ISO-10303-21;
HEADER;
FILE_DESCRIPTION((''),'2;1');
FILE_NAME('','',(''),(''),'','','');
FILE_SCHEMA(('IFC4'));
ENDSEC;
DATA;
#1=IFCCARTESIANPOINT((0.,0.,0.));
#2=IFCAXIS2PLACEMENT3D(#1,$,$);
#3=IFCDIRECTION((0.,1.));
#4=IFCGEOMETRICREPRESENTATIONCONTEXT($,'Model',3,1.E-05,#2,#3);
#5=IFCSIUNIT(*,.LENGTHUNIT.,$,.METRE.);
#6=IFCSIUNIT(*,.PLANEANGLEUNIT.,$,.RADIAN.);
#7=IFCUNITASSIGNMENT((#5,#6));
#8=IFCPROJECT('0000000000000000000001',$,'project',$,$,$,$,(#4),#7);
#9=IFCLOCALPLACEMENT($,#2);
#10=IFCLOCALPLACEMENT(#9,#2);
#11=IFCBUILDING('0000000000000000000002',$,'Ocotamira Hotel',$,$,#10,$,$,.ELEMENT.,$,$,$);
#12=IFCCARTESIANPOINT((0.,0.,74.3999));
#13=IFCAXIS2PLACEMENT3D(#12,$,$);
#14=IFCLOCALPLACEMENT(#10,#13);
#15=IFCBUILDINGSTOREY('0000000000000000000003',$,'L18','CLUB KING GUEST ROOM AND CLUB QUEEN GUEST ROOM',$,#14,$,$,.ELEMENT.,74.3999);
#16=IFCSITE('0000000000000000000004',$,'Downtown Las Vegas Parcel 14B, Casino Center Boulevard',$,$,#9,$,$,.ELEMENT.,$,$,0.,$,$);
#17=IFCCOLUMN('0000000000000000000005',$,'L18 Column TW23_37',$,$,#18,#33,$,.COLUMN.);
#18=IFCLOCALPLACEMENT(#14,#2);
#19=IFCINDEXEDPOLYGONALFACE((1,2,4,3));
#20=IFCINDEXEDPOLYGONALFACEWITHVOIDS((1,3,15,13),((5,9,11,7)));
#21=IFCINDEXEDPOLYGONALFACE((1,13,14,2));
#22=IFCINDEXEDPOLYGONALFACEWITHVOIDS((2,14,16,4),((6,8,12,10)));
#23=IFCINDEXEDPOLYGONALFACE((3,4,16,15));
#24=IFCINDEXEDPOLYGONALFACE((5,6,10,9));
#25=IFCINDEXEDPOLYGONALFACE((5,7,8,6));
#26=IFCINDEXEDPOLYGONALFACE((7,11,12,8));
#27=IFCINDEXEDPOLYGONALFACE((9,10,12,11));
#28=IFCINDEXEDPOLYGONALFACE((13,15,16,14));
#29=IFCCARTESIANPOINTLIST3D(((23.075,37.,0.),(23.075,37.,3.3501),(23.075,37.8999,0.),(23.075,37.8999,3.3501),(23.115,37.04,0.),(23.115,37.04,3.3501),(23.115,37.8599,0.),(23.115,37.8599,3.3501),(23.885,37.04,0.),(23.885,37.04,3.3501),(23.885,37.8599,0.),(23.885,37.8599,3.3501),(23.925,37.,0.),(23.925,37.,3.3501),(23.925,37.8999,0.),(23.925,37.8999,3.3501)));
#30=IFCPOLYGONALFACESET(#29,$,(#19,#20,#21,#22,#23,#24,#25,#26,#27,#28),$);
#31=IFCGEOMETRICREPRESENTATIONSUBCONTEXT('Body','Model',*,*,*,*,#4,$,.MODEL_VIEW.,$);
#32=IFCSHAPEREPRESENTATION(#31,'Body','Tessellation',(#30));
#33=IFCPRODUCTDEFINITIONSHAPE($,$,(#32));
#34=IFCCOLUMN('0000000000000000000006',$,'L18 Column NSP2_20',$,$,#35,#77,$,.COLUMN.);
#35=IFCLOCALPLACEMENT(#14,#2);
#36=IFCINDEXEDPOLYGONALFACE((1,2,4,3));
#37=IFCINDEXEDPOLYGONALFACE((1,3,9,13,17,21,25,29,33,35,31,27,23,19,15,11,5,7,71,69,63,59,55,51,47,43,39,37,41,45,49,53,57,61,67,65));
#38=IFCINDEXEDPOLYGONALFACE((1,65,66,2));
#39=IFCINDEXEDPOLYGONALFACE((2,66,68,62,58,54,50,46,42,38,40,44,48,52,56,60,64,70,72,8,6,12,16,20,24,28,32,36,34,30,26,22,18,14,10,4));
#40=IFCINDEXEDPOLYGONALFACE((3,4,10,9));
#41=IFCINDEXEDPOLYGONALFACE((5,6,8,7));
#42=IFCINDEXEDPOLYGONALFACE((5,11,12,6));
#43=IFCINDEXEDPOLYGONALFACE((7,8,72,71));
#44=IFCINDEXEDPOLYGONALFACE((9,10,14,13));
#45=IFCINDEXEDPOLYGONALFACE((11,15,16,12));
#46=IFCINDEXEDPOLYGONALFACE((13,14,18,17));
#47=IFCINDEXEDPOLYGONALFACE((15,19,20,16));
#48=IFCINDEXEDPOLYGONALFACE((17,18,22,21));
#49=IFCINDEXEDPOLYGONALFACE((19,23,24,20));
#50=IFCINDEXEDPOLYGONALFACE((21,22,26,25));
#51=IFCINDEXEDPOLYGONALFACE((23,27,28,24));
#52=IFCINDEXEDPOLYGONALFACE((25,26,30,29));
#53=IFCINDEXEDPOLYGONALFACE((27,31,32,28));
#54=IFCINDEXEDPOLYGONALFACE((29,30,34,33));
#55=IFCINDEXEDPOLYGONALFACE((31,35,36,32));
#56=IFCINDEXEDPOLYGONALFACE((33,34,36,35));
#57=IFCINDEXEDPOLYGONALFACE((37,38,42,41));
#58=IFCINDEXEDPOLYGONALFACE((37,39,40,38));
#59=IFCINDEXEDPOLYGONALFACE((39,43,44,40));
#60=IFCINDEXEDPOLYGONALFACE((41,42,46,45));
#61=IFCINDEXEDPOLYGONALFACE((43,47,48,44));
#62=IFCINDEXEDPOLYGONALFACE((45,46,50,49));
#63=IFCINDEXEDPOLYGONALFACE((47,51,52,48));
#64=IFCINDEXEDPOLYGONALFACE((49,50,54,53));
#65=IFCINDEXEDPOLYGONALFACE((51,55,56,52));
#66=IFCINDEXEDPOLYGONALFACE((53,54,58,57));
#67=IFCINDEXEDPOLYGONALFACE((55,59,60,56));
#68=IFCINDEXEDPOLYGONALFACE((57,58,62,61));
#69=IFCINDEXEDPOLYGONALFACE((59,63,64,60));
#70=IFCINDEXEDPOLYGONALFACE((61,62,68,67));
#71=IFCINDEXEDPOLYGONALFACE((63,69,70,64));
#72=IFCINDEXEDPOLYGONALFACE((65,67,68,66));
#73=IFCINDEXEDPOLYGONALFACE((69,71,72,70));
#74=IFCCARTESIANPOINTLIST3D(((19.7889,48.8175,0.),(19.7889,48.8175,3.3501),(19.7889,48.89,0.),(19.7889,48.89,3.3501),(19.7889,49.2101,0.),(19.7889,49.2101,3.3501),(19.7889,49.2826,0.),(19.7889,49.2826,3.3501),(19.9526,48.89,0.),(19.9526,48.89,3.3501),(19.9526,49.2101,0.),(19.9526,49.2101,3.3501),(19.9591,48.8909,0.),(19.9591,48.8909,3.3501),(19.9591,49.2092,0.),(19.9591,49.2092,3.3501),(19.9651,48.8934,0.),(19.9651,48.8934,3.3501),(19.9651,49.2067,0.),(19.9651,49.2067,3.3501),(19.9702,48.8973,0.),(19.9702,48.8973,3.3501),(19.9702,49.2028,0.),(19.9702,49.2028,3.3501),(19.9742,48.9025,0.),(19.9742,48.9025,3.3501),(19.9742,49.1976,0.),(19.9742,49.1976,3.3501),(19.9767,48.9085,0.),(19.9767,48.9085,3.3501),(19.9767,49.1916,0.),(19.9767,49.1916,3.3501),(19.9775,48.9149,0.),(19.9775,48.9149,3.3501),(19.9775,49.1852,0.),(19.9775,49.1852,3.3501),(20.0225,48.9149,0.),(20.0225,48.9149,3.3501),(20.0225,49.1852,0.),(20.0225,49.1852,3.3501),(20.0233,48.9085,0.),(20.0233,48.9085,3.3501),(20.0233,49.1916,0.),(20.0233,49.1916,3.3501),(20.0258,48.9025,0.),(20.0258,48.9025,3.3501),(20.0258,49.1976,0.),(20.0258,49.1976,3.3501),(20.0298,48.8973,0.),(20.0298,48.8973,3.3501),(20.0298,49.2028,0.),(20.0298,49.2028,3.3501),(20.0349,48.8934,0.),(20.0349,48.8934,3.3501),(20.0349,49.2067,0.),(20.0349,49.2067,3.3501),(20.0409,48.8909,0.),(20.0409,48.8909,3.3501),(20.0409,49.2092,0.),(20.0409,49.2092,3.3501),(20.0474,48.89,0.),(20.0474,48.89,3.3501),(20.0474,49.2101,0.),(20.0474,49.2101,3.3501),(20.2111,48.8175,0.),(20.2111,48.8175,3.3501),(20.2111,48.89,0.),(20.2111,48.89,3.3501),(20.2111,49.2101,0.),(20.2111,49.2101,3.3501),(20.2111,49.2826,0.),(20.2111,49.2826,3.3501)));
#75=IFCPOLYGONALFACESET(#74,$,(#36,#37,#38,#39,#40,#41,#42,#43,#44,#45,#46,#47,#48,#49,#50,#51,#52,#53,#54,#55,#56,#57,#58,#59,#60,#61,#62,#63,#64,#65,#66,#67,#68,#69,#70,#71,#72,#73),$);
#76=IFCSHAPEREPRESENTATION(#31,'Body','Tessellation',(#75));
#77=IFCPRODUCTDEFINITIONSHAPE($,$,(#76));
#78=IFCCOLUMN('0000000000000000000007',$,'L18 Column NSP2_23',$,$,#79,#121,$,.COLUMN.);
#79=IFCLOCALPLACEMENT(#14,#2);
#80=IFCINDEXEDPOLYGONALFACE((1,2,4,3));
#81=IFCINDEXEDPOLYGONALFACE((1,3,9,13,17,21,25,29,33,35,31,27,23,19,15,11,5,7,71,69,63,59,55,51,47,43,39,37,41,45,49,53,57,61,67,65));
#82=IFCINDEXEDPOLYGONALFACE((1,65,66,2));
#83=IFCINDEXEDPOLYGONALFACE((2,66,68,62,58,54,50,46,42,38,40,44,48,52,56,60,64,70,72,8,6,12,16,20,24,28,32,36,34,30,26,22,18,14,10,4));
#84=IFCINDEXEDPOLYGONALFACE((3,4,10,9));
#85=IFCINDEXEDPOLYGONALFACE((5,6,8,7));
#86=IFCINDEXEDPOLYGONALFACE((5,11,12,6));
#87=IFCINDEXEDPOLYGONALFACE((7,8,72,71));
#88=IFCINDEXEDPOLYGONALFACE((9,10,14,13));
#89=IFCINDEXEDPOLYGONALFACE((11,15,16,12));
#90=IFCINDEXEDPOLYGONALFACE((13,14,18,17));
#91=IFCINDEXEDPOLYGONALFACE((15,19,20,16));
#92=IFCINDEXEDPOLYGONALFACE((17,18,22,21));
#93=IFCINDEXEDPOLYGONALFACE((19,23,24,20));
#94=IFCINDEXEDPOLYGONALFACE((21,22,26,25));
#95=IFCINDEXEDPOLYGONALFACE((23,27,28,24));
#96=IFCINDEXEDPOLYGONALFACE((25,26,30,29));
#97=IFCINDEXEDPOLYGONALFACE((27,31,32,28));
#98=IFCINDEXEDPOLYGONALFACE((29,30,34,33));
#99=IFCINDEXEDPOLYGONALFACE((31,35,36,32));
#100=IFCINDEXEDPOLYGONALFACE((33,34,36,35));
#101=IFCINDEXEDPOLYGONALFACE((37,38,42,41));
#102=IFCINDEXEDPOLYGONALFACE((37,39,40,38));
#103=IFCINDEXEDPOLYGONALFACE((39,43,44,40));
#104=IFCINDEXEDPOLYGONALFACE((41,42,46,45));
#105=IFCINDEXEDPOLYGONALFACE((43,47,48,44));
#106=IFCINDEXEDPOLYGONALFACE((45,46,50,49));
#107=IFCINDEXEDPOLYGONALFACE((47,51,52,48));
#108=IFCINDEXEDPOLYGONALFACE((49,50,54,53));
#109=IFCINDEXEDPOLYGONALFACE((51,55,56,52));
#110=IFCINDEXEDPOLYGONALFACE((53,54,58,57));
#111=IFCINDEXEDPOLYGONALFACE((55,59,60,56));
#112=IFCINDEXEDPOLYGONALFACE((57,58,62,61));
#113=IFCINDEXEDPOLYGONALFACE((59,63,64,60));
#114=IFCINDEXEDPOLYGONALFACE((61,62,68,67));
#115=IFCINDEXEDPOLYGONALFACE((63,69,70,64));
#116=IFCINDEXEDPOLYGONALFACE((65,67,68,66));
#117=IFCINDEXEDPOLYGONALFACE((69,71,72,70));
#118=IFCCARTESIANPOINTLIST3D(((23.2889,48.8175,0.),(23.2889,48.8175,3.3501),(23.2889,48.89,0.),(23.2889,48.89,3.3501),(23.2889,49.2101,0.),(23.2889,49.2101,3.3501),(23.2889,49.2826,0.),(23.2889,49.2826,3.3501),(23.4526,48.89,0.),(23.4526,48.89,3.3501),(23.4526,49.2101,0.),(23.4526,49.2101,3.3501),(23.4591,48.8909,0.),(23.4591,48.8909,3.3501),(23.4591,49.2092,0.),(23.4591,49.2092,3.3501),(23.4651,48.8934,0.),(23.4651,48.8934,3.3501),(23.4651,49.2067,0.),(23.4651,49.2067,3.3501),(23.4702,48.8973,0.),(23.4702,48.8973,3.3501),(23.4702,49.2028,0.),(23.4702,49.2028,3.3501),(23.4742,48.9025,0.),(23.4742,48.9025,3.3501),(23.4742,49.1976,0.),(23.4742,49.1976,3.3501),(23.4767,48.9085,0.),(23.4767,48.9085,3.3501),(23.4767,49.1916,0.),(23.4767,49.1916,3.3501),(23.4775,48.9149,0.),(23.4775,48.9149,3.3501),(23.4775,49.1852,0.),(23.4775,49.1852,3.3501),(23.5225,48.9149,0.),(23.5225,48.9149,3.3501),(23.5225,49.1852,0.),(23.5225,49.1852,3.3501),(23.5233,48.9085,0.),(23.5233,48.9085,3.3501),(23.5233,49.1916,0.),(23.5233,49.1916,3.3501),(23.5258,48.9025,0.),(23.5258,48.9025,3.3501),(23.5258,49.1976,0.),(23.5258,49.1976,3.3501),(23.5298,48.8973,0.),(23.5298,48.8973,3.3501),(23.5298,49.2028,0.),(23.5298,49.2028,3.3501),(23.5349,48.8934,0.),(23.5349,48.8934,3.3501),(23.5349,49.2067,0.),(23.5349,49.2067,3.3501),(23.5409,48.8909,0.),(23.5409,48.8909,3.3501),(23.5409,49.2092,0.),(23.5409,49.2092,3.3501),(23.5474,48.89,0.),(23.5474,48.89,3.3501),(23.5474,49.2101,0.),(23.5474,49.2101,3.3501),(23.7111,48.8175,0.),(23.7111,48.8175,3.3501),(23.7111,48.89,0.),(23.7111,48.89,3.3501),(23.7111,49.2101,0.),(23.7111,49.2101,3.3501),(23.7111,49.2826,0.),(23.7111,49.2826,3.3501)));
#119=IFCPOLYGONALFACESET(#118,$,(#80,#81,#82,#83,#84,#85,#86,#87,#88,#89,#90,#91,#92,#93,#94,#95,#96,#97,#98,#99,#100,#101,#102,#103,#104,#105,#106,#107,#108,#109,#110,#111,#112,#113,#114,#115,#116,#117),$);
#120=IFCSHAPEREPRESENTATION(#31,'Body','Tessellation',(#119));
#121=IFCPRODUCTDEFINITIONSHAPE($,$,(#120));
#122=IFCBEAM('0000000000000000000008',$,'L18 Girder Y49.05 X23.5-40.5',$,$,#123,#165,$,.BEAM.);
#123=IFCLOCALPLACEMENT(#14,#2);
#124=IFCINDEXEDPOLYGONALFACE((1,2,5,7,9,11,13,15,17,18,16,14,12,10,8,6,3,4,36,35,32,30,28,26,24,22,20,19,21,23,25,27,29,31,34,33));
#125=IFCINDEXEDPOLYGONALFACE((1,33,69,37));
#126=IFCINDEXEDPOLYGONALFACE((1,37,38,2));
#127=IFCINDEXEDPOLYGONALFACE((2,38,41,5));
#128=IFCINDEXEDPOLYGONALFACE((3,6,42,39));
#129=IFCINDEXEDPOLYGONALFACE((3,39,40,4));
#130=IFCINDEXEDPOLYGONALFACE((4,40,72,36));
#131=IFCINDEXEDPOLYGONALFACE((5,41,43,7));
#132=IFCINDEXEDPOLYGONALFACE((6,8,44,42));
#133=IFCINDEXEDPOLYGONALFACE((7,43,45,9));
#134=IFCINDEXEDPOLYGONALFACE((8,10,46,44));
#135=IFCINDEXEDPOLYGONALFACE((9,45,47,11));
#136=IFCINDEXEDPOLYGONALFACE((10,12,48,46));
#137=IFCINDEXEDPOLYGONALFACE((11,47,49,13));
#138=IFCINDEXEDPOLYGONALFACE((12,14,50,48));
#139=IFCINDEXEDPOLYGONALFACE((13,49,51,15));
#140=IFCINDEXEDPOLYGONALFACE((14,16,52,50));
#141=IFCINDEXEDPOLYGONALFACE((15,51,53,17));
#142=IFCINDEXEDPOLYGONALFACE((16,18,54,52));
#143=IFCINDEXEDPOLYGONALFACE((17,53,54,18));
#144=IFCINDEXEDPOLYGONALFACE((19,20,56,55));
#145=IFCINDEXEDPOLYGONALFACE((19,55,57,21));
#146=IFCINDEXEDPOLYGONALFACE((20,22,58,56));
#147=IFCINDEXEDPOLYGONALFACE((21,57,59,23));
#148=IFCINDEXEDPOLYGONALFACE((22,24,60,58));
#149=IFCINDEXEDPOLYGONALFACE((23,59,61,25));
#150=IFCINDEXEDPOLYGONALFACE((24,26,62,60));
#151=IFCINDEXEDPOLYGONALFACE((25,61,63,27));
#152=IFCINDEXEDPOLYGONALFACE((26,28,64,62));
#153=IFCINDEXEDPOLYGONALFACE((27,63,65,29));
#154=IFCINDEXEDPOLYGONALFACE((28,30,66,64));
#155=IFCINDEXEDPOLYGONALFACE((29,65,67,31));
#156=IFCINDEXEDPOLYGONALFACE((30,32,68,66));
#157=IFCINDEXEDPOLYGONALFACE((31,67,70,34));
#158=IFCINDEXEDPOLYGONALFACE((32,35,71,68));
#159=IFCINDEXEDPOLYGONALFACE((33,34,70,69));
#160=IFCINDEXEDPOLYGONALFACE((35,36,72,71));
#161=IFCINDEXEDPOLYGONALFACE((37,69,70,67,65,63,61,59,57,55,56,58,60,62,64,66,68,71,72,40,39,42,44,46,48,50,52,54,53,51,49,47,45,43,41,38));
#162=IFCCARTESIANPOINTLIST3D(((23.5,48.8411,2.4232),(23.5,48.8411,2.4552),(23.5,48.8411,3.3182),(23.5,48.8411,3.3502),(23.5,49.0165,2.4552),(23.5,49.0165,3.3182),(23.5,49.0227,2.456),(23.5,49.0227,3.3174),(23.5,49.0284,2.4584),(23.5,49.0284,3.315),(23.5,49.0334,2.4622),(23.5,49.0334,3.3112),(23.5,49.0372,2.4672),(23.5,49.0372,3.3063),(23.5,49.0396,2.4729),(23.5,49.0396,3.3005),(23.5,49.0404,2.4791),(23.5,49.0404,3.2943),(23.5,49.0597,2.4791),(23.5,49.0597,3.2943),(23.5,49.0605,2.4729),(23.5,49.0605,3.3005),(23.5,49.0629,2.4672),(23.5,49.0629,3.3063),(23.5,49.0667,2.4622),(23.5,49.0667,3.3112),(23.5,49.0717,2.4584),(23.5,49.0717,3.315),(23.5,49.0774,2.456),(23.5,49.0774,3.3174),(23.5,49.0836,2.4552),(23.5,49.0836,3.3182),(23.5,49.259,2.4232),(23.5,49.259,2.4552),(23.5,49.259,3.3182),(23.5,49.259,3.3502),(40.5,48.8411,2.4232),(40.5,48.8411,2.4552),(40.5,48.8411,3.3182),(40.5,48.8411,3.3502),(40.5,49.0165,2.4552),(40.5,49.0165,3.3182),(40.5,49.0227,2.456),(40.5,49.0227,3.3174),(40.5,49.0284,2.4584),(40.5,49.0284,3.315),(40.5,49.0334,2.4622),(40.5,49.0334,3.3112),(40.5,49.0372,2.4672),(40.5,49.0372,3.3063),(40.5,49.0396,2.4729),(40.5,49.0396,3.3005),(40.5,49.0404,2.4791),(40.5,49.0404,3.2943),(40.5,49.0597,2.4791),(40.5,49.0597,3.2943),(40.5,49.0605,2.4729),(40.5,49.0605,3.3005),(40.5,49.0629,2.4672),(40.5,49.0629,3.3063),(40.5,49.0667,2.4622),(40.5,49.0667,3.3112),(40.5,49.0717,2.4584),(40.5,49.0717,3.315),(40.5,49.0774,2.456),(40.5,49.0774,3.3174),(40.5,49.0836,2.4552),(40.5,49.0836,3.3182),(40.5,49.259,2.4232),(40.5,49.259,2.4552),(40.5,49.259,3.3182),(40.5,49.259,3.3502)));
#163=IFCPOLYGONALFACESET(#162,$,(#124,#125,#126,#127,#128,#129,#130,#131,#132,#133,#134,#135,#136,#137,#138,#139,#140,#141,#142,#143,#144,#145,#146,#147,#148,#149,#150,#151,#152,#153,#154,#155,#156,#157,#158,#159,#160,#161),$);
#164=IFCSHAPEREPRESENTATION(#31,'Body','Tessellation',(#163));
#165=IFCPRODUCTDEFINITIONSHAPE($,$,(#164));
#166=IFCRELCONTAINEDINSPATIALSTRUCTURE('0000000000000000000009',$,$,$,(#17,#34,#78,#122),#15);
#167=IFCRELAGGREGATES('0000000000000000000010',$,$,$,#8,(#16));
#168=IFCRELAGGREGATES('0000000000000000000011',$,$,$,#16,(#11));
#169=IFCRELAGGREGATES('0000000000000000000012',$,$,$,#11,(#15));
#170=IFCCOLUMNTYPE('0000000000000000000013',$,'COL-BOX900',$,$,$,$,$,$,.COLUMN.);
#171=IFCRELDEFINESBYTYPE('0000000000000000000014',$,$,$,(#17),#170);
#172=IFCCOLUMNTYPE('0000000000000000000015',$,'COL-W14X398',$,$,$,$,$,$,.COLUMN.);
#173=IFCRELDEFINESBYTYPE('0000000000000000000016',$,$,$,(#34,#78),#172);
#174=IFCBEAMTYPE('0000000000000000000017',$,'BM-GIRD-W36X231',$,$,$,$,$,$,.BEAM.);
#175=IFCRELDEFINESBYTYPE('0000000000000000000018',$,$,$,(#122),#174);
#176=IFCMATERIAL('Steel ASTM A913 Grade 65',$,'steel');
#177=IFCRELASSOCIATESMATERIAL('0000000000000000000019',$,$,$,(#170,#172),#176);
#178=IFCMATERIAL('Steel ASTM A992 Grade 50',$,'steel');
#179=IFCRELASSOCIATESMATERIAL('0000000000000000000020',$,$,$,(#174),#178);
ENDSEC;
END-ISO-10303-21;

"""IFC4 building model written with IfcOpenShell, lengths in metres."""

from ifc_helpers import new_model, si_unit, direction, frame, origin, origin_2d, place, context, subcontext, project, spatial, hollow_rectangle, i_section, extrude, source, transform, mapped, material, material_profile, profile_set, type_object, element, save


model = new_model("IFC4")

# Units and contexts
model_context = context("Model", 3, precision=1e-05, world=origin(), true_north=direction((0.0, 1.0)))
body_context = subcontext(model_context, "Body", "Model", "MODEL_VIEW")
ifc_project = project(units=[si_unit("LENGTHUNIT", "METRE"), si_unit("PLANEANGLEUNIT", "RADIAN")], contexts=[model_context])

# Site, building, storey
site_placement = place(None, origin())
site = spatial("IfcSite", under=ifc_project, at=site_placement, Name="Downtown Las Vegas Parcel 14B, Casino Center Boulevard", CompositionType="ELEMENT", RefElevation=0.0)
building_placement = place(site_placement, origin())
building = spatial("IfcBuilding", under=site, at=building_placement, Name="Ocotamira Hotel", CompositionType="ELEMENT")
storey_placement = place(building_placement, frame((0.0, 0.0, 74.3999)))
storey = spatial("IfcBuildingStorey", under=building, at=storey_placement, Name="L18", Description="CLUB KING GUEST ROOM AND CLUB QUEEN GUEST ROOM", CompositionType="ELEMENT", Elevation=74.3999)

# Columns
ifc_material_1 = material(Name="Steel ASTM A913 Grade 65", Category="steel")
ifc_material_profile_1 = material_profile(ifc_material_1, hollow_rectangle(XDim=0.8501, YDim=0.8999, WallThickness=0.04, at=origin_2d()), Name="BOX900X850X40")
ifc_profile_set_1 = profile_set([ifc_material_profile_1], Name="Steel ASTM A913 Grade 65")
column_type_1 = type_object("IfcColumnType", Name="COL-BOX900", PredefinedType="COLUMN", material=ifc_profile_set_1)
shared_shape_1 = source(origin(), body_context, "Body", "SweptSolid", [
    extrude(hollow_rectangle(XDim=0.8501, YDim=0.8999, WallThickness=0.04, at=origin_2d()), origin(), (0.0, 0.0, 1.0), 3.3501),
])
column_placement = place(storey_placement, frame((23.5, 37.45, 0.0), z_axis=(0.0, 0.0, 1.0), x_axis=(1.0, 0.0, 0.0)))
element("IfcColumn", 1, at=column_placement, inside=storey, type_object=column_type_1, Name="L18 Column TW23_37", PredefinedType="COLUMN", context=body_context, shape_type="MappedRepresentation", body=[
    mapped(shared_shape_1, transform((0.0, 0.0, 0.0), scale=1.0)),
])
ifc_material_profile_2 = material_profile(ifc_material_1, i_section(OverallWidth=0.4221, OverallDepth=0.4651, WebThickness=0.0449, FlangeThickness=0.0725, FilletRadius=0.0249, at=origin_2d()), Name="W14X398")
ifc_profile_set_2 = profile_set([ifc_material_profile_2], Name="Steel ASTM A913 Grade 65")
column_type_2 = type_object("IfcColumnType", Name="COL-W14X398", PredefinedType="COLUMN", material=ifc_profile_set_2)
shared_shape_2 = source(origin(), body_context, "Body", "SweptSolid", [
    extrude(i_section(OverallWidth=0.4221, OverallDepth=0.4651, WebThickness=0.0449, FlangeThickness=0.0725, FilletRadius=0.0249, at=origin_2d()), origin(), (0.0, 0.0, 1.0), 3.3501),
])
for number, where, z_axis, x_axis, name in (
    (2, (20.0, 49.05, 0.0), (0.0, 0.0, 1.0), (1.0, 0.0, 0.0), "L18 Column NSP2_20"),
    (3, (23.5, 49.05, 0.0), (0.0, 0.0, 1.0), (1.0, 0.0, 0.0), "L18 Column NSP2_23"),
):
    element("IfcColumn", number, at=place(storey_placement, frame(where, z_axis=z_axis, x_axis=x_axis)), inside=storey, type_object=column_type_2, Name=name, PredefinedType="COLUMN", context=body_context, shape_type="MappedRepresentation", body=[
        mapped(shared_shape_2, transform((0.0, 0.0, 0.0), scale=1.0)),
    ])

# Beam
ifc_material_2 = material(Name="Steel ASTM A992 Grade 50", Category="steel")
ifc_material_profile_3 = material_profile(ifc_material_2, i_section(OverallWidth=0.418, OverallDepth=0.927, WebThickness=0.0193, FlangeThickness=0.032, FilletRadius=0.0239, at=origin_2d()), Name="W36X231")
ifc_profile_set_3 = profile_set([ifc_material_profile_3], Name="Steel ASTM A992 Grade 50")
beam_type_1 = type_object("IfcBeamType", Name="BM-GIRD-W36X231", PredefinedType="BEAM", material=ifc_profile_set_3)
shared_shape_3 = source(origin(), body_context, "Body", "SweptSolid", [
    extrude(i_section(OverallWidth=0.418, OverallDepth=0.927, WebThickness=0.0193, FlangeThickness=0.032, FilletRadius=0.0239, at=origin_2d()), origin(), (0.0, 0.0, 1.0), 17.0),
])
beam_1_placement = place(storey_placement, frame((23.5, 49.05, 2.8867), z_axis=(1.0, 0.0, 0.0), x_axis=(0.0, 1.0, 0.0)))
element("IfcBeam", 4, at=beam_1_placement, inside=storey, type_object=beam_type_1, Name="L18 Girder Y49.05 X23.5-40.5", PredefinedType="BEAM", context=body_context, shape_type="MappedRepresentation", body=[
    mapped(shared_shape_3, transform((0.0, 0.0, 0.0), scale=1.0)),
])

save(model, "model.ifc")
